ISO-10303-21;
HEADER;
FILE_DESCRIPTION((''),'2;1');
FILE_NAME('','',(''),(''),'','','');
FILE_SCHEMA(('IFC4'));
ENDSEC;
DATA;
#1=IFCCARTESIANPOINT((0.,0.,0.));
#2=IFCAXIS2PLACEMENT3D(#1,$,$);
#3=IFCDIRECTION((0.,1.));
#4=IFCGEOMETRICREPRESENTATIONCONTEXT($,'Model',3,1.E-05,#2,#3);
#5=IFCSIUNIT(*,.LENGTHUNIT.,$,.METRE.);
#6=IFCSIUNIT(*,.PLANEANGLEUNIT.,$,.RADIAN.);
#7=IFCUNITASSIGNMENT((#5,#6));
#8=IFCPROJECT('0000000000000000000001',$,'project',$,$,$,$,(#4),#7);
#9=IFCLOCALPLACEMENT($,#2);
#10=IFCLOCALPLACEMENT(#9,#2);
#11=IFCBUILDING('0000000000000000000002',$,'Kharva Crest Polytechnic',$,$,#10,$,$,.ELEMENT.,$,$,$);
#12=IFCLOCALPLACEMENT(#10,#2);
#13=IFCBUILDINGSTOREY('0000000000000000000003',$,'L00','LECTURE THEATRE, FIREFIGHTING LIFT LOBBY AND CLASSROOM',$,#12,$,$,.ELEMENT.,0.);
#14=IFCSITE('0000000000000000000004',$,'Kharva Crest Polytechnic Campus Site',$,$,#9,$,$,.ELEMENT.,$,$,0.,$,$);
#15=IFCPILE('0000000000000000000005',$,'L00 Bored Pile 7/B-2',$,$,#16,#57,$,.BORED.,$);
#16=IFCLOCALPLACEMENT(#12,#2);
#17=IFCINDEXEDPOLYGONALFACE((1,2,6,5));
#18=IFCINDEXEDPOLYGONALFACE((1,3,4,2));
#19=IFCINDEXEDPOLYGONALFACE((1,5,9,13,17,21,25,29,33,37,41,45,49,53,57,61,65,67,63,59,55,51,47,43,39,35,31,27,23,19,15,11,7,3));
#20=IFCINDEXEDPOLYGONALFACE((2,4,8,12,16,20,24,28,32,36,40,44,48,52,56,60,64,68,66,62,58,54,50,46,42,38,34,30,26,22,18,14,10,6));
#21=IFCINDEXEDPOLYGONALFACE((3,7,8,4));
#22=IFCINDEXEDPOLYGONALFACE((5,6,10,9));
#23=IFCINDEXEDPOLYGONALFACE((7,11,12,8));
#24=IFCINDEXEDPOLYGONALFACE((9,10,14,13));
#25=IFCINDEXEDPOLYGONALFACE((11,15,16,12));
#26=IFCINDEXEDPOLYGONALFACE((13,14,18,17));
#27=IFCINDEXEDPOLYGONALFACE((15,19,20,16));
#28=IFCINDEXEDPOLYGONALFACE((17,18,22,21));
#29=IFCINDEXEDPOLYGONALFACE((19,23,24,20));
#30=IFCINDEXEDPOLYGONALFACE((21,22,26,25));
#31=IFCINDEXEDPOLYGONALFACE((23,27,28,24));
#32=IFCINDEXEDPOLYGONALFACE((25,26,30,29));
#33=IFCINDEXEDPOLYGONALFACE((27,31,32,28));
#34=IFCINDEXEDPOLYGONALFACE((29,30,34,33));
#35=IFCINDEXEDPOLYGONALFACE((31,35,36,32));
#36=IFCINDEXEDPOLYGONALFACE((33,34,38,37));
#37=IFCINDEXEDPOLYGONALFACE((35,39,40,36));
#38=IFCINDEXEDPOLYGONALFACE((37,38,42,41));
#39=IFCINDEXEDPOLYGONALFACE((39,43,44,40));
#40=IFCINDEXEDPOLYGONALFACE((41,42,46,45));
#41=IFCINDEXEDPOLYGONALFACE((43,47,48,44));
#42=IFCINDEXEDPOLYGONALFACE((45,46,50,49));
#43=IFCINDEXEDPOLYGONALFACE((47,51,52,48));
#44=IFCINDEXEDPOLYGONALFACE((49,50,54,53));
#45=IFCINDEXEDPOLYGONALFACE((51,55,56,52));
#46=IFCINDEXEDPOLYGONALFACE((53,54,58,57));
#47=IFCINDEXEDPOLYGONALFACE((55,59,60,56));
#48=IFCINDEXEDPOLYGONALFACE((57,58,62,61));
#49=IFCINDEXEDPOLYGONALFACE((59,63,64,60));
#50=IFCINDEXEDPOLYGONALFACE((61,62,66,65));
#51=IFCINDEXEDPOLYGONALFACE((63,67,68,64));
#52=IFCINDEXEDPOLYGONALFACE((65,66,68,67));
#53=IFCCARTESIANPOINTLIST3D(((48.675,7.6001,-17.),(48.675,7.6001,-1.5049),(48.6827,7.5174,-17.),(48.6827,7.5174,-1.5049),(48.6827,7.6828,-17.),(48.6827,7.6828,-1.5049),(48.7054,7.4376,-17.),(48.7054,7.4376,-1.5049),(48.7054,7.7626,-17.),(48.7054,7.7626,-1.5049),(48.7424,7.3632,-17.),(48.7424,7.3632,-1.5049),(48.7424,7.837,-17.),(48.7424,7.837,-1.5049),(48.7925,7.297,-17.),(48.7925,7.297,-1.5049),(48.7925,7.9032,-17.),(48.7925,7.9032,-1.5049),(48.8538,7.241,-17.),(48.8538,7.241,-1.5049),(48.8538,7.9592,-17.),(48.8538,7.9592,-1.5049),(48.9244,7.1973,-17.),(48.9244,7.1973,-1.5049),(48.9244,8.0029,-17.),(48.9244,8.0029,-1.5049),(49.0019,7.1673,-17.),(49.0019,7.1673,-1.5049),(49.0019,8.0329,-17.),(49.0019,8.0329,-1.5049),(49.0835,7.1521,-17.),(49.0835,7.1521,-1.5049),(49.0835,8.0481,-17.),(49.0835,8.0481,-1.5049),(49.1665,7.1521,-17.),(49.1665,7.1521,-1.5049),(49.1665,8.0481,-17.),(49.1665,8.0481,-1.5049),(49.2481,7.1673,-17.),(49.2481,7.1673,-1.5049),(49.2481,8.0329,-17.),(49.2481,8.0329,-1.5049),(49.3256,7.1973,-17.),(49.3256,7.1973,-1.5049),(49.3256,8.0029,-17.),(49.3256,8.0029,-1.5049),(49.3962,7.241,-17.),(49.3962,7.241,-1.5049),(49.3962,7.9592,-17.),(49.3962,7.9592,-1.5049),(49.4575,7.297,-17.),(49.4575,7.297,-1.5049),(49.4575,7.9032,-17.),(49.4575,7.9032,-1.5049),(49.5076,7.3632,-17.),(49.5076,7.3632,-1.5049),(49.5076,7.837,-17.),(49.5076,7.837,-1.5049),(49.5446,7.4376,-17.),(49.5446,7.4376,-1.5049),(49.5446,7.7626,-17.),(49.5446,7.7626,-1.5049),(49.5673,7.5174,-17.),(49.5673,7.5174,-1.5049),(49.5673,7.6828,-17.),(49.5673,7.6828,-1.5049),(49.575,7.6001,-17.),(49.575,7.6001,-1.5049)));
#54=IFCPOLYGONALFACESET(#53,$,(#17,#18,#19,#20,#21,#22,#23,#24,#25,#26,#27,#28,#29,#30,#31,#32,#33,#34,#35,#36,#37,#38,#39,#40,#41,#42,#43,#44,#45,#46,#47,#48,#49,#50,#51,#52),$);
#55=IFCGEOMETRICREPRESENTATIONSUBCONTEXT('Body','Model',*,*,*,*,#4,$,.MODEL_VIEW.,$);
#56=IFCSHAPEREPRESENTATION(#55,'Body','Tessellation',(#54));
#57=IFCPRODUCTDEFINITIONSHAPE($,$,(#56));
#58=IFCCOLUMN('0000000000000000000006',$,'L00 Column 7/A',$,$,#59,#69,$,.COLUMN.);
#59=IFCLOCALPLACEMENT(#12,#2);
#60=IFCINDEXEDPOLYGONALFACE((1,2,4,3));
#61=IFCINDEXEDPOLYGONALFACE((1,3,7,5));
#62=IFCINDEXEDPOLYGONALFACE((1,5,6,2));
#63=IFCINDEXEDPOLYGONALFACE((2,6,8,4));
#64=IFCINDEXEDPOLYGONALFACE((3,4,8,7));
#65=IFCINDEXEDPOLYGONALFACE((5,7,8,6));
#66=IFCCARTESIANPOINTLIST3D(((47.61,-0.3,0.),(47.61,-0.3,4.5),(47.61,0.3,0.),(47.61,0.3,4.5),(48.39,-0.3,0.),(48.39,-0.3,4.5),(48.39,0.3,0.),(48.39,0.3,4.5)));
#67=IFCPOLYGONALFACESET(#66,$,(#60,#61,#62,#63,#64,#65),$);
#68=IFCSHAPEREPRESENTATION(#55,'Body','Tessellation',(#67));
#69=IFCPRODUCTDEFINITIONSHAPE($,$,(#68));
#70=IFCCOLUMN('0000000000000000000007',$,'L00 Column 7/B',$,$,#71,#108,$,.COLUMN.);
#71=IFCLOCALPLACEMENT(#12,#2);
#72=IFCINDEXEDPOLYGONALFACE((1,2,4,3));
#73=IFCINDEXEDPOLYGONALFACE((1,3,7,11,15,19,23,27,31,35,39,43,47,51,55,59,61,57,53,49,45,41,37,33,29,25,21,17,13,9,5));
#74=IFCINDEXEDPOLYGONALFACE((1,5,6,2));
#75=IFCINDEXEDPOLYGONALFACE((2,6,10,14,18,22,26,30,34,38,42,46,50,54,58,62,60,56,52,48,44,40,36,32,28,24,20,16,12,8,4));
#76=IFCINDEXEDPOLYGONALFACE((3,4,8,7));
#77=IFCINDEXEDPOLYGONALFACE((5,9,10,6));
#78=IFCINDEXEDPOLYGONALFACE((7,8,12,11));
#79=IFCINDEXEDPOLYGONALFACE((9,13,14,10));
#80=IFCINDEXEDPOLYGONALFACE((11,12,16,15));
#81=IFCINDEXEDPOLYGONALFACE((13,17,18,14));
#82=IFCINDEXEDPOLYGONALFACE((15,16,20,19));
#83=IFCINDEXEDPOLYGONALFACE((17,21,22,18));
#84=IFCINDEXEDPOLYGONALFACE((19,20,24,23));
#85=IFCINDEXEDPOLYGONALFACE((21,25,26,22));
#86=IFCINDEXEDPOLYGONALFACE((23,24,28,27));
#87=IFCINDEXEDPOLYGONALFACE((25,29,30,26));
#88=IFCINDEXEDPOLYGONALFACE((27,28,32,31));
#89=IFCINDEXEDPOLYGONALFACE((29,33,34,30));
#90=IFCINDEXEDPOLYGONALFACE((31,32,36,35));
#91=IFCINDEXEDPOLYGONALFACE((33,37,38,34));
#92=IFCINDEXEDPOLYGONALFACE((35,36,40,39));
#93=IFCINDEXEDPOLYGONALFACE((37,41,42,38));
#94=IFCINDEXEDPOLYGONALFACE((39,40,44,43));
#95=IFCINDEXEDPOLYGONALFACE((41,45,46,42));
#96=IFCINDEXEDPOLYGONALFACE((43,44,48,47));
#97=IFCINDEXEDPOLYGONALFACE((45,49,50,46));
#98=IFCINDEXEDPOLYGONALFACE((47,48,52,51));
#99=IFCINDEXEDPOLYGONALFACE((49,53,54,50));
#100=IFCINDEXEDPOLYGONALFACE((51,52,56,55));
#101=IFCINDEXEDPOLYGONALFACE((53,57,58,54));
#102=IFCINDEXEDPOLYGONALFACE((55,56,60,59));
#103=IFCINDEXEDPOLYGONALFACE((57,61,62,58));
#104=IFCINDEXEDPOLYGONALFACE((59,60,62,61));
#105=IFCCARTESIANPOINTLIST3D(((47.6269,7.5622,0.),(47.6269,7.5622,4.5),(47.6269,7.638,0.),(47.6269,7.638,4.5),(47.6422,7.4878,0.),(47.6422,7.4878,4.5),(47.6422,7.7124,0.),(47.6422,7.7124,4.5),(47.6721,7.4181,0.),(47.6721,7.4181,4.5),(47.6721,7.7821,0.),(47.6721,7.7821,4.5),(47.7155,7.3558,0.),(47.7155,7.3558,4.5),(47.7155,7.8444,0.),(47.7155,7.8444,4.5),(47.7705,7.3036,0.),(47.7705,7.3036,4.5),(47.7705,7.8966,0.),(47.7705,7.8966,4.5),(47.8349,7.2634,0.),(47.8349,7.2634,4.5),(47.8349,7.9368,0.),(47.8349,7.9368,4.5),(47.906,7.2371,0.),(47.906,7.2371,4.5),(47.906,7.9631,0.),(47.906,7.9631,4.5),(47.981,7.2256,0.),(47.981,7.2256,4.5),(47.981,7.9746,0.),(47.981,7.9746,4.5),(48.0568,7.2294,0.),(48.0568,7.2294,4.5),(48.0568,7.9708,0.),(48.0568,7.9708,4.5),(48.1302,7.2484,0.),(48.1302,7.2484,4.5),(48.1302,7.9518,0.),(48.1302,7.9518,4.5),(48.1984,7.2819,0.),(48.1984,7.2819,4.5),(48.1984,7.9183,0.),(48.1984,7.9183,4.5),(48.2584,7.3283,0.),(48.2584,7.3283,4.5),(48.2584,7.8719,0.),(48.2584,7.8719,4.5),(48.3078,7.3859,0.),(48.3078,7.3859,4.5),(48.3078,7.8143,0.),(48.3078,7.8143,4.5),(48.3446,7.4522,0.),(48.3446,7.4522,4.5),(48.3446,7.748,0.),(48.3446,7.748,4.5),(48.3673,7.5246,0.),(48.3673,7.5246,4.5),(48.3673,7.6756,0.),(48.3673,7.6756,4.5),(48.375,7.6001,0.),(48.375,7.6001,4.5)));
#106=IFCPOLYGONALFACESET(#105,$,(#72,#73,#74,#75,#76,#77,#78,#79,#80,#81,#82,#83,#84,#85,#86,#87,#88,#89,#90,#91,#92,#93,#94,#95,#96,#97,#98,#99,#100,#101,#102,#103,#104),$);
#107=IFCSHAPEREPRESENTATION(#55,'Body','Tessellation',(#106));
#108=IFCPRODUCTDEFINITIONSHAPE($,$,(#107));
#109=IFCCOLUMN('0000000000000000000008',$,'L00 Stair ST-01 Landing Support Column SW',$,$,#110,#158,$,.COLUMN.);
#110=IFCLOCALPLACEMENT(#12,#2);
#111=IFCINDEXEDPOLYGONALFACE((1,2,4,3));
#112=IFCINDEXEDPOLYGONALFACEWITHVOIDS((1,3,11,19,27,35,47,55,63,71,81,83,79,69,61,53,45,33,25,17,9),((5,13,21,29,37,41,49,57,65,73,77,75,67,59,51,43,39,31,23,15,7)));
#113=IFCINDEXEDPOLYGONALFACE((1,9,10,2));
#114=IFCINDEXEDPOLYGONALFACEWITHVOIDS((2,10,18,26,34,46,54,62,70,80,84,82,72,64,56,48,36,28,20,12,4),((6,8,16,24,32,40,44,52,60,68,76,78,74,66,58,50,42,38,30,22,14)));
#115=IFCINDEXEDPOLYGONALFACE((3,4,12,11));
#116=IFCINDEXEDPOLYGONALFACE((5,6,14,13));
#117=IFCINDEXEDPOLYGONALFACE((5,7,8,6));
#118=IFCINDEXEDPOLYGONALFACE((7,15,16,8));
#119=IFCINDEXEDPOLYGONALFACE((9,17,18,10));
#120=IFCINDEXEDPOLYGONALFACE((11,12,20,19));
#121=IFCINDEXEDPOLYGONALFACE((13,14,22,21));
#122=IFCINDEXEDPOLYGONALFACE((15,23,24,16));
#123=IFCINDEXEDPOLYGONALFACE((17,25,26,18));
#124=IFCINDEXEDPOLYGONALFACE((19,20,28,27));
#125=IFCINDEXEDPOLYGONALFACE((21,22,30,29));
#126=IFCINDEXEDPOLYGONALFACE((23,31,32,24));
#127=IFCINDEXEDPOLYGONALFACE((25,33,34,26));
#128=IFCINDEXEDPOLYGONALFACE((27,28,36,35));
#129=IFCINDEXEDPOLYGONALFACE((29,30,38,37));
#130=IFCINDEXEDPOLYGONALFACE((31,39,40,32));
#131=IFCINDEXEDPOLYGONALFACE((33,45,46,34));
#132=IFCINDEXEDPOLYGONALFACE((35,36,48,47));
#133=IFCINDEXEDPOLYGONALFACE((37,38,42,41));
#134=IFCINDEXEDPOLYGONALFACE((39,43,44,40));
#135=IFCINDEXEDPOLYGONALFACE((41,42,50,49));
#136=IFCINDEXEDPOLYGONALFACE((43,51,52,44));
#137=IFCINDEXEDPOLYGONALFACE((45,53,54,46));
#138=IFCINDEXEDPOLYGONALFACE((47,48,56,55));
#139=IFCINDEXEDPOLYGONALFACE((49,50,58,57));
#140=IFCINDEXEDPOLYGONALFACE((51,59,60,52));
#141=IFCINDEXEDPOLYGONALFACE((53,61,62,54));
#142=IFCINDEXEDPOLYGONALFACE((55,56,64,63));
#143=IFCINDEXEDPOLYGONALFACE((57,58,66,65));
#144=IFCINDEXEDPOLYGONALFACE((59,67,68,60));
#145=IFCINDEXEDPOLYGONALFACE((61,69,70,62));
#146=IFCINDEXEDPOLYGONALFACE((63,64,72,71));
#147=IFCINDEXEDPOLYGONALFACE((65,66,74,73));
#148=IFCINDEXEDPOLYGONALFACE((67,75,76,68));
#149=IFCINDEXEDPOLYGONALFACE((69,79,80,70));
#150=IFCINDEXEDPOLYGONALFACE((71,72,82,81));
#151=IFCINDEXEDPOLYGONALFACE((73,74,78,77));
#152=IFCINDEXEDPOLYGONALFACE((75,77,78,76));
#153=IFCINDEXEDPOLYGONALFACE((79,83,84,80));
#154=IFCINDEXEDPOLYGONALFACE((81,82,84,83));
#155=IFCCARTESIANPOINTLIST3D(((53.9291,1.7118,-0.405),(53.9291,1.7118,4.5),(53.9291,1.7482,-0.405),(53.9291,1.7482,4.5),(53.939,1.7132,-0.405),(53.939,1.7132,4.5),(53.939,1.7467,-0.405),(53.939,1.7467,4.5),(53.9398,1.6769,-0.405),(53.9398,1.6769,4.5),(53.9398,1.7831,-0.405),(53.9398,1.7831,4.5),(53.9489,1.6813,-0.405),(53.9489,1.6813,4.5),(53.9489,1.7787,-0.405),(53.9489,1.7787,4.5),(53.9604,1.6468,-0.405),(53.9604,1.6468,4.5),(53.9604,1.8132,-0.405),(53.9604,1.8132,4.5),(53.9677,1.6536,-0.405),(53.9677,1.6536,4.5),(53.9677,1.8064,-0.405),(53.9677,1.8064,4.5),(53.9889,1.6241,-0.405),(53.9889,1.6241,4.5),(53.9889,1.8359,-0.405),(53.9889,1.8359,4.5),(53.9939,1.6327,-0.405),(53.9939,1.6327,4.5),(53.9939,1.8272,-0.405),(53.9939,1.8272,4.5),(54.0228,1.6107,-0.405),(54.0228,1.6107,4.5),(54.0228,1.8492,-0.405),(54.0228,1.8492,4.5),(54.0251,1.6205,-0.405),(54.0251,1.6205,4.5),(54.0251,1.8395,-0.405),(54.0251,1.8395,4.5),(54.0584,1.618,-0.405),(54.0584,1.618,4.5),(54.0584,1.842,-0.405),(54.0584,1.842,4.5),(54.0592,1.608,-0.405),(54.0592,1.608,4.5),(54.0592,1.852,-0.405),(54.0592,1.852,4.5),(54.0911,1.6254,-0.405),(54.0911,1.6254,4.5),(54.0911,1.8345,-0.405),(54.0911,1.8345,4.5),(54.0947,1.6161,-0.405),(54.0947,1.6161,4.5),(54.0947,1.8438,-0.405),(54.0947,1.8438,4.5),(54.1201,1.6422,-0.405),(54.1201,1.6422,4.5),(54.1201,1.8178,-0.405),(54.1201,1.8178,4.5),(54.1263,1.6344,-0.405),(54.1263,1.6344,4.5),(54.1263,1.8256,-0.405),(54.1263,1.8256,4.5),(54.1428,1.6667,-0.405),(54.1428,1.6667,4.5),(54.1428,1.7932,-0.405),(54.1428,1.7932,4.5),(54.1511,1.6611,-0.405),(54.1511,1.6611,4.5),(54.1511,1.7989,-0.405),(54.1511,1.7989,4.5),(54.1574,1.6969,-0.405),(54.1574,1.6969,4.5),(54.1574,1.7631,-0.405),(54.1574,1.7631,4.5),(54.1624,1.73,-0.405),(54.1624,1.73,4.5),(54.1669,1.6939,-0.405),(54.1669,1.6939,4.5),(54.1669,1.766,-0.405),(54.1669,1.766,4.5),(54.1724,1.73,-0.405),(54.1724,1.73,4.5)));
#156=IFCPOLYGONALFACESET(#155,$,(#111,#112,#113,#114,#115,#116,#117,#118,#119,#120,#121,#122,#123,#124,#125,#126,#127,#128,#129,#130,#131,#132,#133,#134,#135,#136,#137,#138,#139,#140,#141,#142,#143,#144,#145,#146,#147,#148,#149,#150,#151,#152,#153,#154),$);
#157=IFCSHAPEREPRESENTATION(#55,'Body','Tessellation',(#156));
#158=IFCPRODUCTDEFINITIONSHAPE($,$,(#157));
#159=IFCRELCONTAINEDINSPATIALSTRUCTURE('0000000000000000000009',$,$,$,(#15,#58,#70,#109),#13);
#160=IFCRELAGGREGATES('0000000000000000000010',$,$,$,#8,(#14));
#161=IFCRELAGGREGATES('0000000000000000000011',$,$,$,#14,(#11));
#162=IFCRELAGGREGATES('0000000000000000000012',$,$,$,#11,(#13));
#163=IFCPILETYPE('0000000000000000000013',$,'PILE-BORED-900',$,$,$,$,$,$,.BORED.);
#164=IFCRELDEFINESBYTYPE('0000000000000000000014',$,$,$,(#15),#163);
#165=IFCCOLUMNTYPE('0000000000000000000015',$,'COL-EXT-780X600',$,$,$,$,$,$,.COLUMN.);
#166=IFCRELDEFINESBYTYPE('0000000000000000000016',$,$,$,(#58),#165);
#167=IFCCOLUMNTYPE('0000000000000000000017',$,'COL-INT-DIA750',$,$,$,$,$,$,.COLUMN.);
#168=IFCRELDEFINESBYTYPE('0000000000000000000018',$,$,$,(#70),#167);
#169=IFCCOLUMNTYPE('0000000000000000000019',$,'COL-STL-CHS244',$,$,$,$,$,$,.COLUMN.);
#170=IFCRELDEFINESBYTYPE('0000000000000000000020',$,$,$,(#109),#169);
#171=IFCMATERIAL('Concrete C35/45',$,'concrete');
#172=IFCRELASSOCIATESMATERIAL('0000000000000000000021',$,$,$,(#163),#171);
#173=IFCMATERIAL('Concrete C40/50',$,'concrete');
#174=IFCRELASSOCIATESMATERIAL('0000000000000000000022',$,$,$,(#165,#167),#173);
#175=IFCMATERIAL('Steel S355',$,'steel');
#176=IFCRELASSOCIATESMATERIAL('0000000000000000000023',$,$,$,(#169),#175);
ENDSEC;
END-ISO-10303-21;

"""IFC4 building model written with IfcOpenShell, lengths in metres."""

from ifc_helpers import new_model, si_unit, direction, frame, origin, origin_2d, place, context, subcontext, project, spatial, rectangle, circle, hollow_circle, extrude, material, material_profile, profile_set, type_object, element, save


model = new_model("IFC4")

# Units and contexts
model_context = context("Model", 3, precision=1e-05, world=origin(), true_north=direction((0.0, 1.0)))
body_context = subcontext(model_context, "Body", "Model", "MODEL_VIEW")
ifc_project = project(units=[si_unit("LENGTHUNIT", "METRE"), si_unit("PLANEANGLEUNIT", "RADIAN")], contexts=[model_context])

# Site, building, storey
site_placement = place(None, origin())
site = spatial("IfcSite", under=ifc_project, at=site_placement, Name="Kharva Crest Polytechnic Campus Site", CompositionType="ELEMENT", RefElevation=0.0)
building_placement = place(site_placement, origin())
building = spatial("IfcBuilding", under=site, at=building_placement, Name="Kharva Crest Polytechnic", CompositionType="ELEMENT")
storey_placement = place(building_placement, origin())
storey = spatial("IfcBuildingStorey", under=building, at=storey_placement, Name="L00", Description="LECTURE THEATRE, FIREFIGHTING LIFT LOBBY AND CLASSROOM", CompositionType="ELEMENT", Elevation=0.0)

# Shared definitions
ifc_material_1 = material(Name="Concrete C35/45", Category="concrete")

# Pile
ifc_material_profile_1 = material_profile(ifc_material_1, circle(Radius=0.45, at=origin_2d()), Name="DIA 900")
ifc_profile_set_1 = profile_set([ifc_material_profile_1], Name="Concrete C35/45")
pile_type_1 = type_object("IfcPileType", Name="PILE-BORED-900", PredefinedType="BORED", material=ifc_profile_set_1)
pile_placement = place(storey_placement, frame((49.125, 7.6001, -1.5049), z_axis=(0.0, 0.0, -1.0), x_axis=(1.0, 0.0, 0.0)))
element("IfcPile", 1, at=pile_placement, inside=storey, type_object=pile_type_1, Name="L00 Bored Pile 7/B-2", PredefinedType="BORED", context=body_context, shape_type="SweptSolid", body=[
    extrude(circle(Radius=0.45, at=origin_2d()), origin(), (0.0, 0.0, 1.0), 15.4951),
])

# Columns
ifc_material_2 = material(Name="Concrete C40/50", Category="concrete")
ifc_material_profile_2 = material_profile(ifc_material_2, rectangle(XDim=0.78, YDim=0.6001, at=origin_2d()), Name="RECT 780 X 600")
ifc_profile_set_2 = profile_set([ifc_material_profile_2], Name="Concrete C40/50")
column_type_1 = type_object("IfcColumnType", Name="COL-EXT-780X600", PredefinedType="COLUMN", material=ifc_profile_set_2)
column_1_placement = place(storey_placement, frame((48.0, 0.0, 0.0), z_axis=(0.0, 0.0, 1.0), x_axis=(1.0, 0.0, 0.0)))
element("IfcColumn", 2, at=column_1_placement, inside=storey, type_object=column_type_1, Name="L00 Column 7/A", PredefinedType="COLUMN", context=body_context, shape_type="SweptSolid", body=[
    extrude(rectangle(XDim=0.78, YDim=0.6001, at=origin_2d()), origin(), (0.0, 0.0, 1.0), 4.5),
])
ifc_material_profile_3 = material_profile(ifc_material_2, circle(Radius=0.375, at=origin_2d()), Name="DIA 750")
ifc_profile_set_3 = profile_set([ifc_material_profile_3], Name="Concrete C40/50")
column_type_2 = type_object("IfcColumnType", Name="COL-INT-DIA750", PredefinedType="COLUMN", material=ifc_profile_set_3)
column_2_placement = place(storey_placement, frame((48.0, 7.6001, 0.0), z_axis=(0.0, 0.0, 1.0), x_axis=(1.0, 0.0, 0.0)))
element("IfcColumn", 3, at=column_2_placement, inside=storey, type_object=column_type_2, Name="L00 Column 7/B", PredefinedType="COLUMN", context=body_context, shape_type="SweptSolid", body=[
    extrude(circle(Radius=0.375, at=origin_2d()), origin(), (0.0, 0.0, 1.0), 4.5),
])
ifc_material_3 = material(Name="Steel S355", Category="steel")
ifc_material_profile_4 = material_profile(ifc_material_3, hollow_circle(Radius=0.1223, WallThickness=0.01, at=origin_2d()), Name="CHS 244.5X10.0")
ifc_profile_set_4 = profile_set([ifc_material_profile_4], Name="Steel S355")
column_type_3 = type_object("IfcColumnType", Name="COL-STL-CHS244", PredefinedType="COLUMN", material=ifc_profile_set_4)
for number, where, z_axis, x_axis, name in (
    (4, (54.05, 1.73, -0.405), (0.0, 0.0, 1.0), (1.0, 0.0, 0.0), "L00 Stair ST-01 Landing Support Column SW"),
):
    element("IfcColumn", number, at=place(storey_placement, frame(where, z_axis=z_axis, x_axis=x_axis)), inside=storey, type_object=column_type_3, Name=name, PredefinedType="COLUMN", context=body_context, shape_type="SweptSolid", body=[
        extrude(hollow_circle(Radius=0.1223, WallThickness=0.01, at=origin_2d()), origin(), (0.0, 0.0, 1.0), 4.905),
    ])

save(model, "model.ifc")
